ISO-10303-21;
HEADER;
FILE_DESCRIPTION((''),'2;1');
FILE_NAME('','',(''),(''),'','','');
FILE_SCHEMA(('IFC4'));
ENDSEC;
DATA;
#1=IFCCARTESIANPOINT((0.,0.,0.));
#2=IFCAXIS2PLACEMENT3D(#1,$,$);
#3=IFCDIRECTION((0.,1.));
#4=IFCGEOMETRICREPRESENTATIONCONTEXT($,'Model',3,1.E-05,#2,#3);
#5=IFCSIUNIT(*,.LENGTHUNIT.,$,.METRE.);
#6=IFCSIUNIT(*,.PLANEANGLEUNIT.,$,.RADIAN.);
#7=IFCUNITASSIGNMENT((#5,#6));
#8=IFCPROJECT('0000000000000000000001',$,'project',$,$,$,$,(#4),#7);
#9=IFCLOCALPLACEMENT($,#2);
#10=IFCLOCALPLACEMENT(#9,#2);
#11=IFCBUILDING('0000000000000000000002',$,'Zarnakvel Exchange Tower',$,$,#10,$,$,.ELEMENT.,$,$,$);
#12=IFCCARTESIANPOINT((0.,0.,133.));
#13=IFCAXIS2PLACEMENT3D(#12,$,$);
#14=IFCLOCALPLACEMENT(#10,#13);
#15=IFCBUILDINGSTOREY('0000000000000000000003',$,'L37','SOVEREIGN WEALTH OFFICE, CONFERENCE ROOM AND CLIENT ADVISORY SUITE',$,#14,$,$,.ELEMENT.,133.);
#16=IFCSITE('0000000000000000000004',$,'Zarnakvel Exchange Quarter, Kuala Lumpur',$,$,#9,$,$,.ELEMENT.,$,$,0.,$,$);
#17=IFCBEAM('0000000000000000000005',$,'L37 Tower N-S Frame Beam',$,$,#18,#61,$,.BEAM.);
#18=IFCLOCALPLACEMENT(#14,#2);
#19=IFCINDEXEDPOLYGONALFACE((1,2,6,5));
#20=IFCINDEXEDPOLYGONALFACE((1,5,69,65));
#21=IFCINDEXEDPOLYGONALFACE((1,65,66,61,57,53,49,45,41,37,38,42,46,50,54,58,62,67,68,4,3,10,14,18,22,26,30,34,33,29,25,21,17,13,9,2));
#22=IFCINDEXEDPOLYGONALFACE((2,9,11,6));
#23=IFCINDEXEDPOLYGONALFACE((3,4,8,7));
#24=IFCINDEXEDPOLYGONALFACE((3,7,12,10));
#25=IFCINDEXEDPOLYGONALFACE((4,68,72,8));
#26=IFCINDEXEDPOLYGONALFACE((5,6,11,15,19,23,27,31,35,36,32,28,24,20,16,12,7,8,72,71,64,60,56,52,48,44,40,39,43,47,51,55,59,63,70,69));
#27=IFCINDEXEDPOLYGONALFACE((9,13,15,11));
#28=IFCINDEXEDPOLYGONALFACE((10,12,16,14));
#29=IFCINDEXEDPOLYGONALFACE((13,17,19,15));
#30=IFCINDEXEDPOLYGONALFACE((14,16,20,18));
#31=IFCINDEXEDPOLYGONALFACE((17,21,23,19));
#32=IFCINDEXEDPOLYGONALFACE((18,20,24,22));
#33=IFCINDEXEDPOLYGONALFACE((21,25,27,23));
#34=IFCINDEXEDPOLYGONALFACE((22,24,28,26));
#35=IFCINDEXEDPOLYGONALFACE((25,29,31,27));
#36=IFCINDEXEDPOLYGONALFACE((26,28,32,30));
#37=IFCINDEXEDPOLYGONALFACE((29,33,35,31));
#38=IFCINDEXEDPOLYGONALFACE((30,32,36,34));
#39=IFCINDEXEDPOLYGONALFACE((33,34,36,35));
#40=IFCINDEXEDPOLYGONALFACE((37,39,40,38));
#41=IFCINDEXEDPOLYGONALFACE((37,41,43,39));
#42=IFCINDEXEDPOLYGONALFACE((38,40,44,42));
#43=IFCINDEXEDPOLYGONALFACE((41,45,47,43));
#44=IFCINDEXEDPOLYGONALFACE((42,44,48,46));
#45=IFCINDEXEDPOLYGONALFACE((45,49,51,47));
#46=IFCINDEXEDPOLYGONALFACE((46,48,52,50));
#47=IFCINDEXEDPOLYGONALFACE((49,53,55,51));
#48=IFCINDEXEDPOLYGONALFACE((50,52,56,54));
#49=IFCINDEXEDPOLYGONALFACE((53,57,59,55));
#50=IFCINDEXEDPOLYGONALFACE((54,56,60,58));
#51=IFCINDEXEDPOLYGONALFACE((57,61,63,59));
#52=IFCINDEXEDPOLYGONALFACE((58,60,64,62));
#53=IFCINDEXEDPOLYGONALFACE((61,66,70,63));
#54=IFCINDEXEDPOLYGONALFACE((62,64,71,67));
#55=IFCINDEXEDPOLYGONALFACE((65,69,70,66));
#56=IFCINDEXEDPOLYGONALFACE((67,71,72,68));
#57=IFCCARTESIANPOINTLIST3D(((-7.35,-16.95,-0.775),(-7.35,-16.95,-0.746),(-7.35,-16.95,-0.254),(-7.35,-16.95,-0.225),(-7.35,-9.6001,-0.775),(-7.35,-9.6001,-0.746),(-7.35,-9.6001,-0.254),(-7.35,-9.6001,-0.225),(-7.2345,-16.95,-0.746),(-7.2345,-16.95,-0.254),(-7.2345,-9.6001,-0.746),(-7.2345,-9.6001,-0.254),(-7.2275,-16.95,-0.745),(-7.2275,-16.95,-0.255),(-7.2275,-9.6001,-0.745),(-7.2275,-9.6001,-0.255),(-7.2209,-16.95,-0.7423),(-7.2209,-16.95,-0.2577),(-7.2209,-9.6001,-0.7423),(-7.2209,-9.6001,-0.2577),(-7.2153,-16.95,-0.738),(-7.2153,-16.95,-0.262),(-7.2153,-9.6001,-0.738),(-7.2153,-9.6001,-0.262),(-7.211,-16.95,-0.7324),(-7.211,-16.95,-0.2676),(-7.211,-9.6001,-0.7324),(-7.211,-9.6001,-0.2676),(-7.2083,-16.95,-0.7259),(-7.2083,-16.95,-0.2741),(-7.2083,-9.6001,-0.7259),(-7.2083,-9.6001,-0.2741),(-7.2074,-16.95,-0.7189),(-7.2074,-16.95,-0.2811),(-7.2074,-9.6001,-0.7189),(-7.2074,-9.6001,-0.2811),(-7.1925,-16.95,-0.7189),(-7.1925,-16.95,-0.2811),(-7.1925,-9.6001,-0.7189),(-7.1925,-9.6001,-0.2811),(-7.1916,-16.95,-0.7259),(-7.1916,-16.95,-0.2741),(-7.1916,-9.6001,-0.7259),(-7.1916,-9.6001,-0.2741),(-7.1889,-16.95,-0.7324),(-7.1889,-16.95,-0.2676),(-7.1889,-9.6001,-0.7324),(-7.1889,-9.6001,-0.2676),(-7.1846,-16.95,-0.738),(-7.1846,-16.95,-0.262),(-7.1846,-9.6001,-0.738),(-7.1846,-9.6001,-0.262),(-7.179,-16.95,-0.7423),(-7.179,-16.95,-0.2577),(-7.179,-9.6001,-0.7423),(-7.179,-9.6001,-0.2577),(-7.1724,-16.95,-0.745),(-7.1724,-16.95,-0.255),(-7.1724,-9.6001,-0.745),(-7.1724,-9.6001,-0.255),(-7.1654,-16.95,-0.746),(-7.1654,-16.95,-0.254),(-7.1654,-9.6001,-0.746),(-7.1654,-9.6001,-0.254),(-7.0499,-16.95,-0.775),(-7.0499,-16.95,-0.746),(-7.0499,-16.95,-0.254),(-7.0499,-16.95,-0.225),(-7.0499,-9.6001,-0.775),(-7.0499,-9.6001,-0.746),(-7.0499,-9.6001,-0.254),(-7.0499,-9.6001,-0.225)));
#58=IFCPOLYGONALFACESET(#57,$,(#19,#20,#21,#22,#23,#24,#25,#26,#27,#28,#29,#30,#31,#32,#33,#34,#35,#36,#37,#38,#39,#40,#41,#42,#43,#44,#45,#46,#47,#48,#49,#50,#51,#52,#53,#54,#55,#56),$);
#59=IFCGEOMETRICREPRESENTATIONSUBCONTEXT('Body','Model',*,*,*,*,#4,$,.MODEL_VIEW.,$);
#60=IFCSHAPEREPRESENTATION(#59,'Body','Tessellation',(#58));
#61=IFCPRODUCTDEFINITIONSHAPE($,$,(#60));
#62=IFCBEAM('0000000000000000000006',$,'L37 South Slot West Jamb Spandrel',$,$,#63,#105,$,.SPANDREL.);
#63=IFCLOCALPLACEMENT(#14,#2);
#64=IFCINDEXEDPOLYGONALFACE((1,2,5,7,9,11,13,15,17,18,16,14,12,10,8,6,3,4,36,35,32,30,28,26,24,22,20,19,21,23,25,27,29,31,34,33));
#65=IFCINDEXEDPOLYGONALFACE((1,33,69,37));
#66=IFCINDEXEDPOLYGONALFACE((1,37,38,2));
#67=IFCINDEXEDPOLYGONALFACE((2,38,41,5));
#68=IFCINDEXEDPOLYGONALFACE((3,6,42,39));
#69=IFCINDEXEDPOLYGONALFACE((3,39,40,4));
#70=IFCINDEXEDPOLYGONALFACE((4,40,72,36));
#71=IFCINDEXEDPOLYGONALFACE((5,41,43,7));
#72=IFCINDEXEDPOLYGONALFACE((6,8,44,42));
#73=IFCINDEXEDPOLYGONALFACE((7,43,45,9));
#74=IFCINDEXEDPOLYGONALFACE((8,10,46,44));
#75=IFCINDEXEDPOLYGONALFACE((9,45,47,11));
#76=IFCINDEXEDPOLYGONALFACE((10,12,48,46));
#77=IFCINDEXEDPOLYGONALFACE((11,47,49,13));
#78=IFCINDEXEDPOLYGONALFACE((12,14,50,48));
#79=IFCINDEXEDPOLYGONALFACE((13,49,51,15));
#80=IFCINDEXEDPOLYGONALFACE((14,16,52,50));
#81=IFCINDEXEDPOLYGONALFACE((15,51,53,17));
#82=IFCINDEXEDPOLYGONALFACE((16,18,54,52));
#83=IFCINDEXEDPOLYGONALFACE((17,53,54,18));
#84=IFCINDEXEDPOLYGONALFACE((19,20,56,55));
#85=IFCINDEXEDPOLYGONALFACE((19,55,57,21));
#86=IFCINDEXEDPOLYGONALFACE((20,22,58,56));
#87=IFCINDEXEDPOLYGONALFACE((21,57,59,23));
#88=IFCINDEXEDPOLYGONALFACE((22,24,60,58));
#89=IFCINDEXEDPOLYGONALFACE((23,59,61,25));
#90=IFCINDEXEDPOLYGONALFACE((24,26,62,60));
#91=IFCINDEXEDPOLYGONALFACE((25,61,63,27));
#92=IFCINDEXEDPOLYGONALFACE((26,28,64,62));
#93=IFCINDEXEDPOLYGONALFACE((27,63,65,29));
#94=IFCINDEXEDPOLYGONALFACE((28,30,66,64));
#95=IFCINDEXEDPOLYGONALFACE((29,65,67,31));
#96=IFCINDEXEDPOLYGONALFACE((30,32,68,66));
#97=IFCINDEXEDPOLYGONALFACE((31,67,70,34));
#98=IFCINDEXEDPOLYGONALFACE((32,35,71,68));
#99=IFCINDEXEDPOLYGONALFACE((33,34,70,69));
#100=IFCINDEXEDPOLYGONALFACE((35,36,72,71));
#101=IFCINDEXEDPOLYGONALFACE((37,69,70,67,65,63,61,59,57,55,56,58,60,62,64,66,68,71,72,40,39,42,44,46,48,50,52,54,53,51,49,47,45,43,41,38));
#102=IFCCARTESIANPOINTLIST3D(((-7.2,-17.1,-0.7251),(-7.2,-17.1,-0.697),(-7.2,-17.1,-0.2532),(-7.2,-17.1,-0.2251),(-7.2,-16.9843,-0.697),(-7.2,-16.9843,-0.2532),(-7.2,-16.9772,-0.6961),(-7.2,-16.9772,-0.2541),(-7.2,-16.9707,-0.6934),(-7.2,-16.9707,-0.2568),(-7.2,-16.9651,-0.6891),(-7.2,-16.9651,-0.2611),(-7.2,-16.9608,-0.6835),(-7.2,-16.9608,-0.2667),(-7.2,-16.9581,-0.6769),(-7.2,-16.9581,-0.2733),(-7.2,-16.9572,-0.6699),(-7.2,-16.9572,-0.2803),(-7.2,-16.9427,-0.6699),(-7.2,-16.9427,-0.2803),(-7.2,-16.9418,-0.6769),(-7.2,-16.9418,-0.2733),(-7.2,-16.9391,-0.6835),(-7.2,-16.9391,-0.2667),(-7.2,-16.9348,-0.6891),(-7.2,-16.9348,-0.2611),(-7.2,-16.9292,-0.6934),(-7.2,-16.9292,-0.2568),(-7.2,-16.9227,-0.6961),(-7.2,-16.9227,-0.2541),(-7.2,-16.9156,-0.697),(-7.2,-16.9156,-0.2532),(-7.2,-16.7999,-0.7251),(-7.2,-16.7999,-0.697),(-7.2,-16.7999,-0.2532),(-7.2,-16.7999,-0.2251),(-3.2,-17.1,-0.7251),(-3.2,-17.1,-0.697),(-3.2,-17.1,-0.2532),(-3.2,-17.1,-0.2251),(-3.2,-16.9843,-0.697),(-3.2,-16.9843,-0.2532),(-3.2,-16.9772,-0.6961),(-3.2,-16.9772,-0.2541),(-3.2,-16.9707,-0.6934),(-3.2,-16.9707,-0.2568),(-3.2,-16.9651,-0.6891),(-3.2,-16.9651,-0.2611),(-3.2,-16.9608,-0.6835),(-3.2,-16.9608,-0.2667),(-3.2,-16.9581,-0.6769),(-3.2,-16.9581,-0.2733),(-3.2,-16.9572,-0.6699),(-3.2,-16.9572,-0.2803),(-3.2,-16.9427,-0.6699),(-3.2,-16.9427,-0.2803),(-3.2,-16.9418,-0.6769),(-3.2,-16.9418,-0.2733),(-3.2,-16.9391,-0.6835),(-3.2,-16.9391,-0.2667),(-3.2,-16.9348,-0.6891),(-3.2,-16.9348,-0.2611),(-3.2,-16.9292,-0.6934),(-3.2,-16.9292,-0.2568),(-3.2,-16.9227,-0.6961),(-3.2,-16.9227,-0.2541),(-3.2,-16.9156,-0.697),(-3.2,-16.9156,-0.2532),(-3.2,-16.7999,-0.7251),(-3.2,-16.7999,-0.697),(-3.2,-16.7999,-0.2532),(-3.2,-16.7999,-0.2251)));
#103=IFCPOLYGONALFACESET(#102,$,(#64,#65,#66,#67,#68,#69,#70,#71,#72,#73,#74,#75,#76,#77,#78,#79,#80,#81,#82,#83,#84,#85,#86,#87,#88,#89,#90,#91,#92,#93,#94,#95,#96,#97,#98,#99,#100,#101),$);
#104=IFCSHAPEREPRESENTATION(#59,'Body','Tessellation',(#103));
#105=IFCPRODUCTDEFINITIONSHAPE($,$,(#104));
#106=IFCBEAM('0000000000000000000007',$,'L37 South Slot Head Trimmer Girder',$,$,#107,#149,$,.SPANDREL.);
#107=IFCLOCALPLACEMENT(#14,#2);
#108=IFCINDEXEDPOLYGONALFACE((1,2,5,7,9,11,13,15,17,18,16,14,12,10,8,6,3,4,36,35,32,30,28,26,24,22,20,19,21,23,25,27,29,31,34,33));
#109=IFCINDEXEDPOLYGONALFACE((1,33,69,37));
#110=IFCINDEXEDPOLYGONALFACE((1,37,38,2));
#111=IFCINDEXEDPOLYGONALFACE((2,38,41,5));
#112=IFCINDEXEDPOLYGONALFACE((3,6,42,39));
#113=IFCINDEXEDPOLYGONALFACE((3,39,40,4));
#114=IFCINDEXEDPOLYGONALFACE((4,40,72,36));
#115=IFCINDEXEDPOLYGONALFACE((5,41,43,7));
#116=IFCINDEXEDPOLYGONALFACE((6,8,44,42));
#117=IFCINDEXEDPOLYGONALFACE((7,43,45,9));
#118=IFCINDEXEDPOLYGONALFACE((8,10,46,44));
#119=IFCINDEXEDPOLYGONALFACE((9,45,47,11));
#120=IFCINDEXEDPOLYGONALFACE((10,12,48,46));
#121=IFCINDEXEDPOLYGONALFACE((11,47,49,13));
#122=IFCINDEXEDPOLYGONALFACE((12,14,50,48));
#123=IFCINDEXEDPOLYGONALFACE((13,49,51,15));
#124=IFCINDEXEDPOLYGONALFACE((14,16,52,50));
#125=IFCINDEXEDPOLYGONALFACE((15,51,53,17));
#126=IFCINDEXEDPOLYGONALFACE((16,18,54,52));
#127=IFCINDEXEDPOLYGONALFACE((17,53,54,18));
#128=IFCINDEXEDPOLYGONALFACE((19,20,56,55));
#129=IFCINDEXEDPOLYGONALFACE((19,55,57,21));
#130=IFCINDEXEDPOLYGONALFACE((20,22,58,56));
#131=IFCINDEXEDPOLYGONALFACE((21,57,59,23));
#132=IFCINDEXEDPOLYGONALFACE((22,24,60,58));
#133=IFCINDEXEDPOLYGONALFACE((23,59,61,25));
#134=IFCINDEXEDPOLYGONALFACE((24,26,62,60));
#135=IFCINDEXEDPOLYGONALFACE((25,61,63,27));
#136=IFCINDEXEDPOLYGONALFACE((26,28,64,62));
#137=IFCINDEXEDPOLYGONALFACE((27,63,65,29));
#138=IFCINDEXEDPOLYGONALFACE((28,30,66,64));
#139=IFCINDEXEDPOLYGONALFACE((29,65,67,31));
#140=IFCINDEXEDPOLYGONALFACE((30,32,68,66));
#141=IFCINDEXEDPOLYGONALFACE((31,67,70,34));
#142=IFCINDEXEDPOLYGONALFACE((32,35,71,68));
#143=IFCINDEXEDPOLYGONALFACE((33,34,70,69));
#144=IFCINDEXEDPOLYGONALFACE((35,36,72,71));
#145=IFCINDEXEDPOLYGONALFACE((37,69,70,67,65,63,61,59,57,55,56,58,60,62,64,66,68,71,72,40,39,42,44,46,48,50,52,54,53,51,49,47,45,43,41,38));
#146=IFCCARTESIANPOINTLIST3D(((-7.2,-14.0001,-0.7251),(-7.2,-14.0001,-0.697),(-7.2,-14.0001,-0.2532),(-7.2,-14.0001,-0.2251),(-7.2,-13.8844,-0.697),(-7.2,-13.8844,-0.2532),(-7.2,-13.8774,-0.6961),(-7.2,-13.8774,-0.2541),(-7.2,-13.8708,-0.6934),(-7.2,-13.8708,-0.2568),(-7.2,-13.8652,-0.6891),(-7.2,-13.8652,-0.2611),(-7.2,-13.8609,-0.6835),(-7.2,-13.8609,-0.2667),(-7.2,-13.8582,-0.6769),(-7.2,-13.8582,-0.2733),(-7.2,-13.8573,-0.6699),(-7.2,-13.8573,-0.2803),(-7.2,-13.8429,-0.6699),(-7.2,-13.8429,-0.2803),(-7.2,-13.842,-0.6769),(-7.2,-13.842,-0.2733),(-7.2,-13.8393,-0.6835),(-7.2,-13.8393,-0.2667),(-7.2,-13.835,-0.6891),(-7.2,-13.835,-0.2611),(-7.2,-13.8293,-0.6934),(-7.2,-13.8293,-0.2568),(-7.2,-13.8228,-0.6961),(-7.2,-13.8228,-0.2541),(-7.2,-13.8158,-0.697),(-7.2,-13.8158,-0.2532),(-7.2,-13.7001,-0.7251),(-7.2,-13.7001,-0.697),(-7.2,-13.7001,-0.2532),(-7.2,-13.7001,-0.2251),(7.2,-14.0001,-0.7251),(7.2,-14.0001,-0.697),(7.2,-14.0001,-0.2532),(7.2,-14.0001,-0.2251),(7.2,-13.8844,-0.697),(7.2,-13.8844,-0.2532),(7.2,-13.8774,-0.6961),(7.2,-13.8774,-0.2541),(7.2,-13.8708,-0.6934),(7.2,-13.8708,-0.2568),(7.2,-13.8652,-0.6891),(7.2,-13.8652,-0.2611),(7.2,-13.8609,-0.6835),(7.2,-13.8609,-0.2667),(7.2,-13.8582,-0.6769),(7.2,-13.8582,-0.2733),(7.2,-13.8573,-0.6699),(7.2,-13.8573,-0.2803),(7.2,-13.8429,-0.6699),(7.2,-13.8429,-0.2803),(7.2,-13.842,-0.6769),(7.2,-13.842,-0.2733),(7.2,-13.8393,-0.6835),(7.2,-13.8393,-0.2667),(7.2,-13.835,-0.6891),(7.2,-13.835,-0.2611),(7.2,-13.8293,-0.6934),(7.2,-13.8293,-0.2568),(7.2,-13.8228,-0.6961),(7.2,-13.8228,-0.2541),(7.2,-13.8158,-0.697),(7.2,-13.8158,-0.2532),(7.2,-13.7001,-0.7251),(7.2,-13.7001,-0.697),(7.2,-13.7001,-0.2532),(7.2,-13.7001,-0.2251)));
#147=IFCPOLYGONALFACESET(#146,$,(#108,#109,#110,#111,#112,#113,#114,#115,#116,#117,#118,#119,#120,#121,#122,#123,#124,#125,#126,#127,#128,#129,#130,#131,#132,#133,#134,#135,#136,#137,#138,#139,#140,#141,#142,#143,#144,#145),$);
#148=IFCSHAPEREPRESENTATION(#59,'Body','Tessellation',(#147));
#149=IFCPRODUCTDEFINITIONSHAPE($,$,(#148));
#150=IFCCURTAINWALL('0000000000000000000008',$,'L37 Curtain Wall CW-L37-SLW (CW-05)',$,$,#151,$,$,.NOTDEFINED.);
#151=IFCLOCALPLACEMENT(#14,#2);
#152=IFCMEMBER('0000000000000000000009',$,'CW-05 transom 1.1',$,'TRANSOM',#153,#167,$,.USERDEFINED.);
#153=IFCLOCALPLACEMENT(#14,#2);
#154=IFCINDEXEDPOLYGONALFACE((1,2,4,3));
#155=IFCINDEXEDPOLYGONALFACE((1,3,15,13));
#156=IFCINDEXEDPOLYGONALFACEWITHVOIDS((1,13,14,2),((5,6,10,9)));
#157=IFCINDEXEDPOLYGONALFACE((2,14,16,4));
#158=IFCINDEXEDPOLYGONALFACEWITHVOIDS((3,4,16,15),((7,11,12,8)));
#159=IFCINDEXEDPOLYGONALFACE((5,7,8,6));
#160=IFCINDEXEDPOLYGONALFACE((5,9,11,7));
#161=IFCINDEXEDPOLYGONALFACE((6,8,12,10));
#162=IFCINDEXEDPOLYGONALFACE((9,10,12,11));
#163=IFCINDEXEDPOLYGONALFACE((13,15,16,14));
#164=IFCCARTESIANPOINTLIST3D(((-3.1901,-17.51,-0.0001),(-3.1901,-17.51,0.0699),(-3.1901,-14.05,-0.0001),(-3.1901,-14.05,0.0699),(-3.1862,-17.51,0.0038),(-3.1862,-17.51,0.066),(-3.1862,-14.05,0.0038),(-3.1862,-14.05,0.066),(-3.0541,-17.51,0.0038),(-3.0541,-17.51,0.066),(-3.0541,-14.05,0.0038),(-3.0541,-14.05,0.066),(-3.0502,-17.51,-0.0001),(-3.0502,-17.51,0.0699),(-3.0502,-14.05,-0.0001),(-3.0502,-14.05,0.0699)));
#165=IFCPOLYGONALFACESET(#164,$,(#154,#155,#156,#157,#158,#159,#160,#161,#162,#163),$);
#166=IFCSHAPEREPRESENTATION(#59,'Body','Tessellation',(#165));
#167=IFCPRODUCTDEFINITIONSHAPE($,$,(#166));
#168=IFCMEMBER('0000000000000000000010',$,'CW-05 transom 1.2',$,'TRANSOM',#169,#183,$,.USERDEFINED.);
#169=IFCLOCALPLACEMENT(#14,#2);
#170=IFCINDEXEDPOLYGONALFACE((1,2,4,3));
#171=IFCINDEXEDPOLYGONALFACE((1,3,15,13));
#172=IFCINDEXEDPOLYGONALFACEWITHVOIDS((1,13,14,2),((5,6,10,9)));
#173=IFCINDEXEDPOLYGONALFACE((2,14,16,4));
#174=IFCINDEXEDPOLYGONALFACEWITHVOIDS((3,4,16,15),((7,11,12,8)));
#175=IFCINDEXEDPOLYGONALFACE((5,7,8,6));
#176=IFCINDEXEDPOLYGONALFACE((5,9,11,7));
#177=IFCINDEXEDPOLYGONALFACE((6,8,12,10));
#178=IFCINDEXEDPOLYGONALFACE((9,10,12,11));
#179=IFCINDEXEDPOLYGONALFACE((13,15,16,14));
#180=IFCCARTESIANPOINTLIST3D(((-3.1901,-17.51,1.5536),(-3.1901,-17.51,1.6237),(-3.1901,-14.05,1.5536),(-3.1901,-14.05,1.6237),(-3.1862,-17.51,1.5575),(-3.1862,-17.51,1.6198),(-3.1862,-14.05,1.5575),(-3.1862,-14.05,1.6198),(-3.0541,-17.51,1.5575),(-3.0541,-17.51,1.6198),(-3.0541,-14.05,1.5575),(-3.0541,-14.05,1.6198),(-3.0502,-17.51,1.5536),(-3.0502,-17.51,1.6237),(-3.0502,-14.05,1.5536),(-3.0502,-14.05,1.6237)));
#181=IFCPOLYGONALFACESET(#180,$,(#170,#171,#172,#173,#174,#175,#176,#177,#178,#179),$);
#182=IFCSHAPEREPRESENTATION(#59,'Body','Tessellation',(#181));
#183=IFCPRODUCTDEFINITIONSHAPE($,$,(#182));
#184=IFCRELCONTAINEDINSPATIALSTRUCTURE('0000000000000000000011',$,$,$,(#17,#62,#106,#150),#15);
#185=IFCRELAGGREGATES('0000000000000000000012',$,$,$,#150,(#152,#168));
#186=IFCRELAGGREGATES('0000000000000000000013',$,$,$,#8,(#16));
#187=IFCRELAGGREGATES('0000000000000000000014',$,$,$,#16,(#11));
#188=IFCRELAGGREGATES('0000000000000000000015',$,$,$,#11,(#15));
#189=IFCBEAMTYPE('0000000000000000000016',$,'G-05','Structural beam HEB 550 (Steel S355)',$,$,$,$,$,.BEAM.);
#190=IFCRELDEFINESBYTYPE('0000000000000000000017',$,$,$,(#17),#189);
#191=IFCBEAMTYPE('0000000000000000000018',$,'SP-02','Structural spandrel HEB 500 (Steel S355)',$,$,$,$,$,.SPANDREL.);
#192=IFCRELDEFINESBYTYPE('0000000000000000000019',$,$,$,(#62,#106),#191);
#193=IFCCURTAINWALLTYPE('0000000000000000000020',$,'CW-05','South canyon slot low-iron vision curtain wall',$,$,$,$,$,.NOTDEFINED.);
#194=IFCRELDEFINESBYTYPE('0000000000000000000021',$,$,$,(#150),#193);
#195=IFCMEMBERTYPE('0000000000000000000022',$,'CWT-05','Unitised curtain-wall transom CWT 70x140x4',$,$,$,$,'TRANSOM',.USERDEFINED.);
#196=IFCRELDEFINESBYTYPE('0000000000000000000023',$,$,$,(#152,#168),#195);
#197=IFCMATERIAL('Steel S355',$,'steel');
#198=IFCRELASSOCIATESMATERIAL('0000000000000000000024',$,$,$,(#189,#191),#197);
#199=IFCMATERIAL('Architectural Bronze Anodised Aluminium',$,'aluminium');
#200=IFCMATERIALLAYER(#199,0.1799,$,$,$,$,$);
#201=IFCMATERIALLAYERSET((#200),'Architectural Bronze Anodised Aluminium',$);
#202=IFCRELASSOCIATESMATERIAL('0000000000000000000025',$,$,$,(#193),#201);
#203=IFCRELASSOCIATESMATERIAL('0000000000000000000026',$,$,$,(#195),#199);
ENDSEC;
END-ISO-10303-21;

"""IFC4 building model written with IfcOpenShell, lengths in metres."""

from ifc_helpers import new_model, si_unit, direction, frame, origin, origin_2d, place, context, subcontext, project, spatial, hollow_rectangle, i_section, extrude, source, transform, mapped, material, layer, layer_set, material_profile, profile_set, type_object, element, aggregate, save


model = new_model("IFC4")

# Units and contexts
model_context = context("Model", 3, precision=1e-05, world=origin(), true_north=direction((0.0, 1.0)))
body_context = subcontext(model_context, "Body", "Model", "MODEL_VIEW")
ifc_project = project(units=[si_unit("LENGTHUNIT", "METRE"), si_unit("PLANEANGLEUNIT", "RADIAN")], contexts=[model_context])

# Site, building, storey
site_placement = place(None, origin())
site = spatial("IfcSite", under=ifc_project, at=site_placement, Name="Zarnakvel Exchange Quarter, Kuala Lumpur", CompositionType="ELEMENT", RefElevation=0.0)
building_placement = place(site_placement, origin())
building = spatial("IfcBuilding", under=site, at=building_placement, Name="Zarnakvel Exchange Tower", CompositionType="ELEMENT")
storey_placement = place(building_placement, frame((0.0, 0.0, 133.0)))
storey = spatial("IfcBuildingStorey", under=building, at=storey_placement, Name="L37", Description="SOVEREIGN WEALTH OFFICE, CONFERENCE ROOM AND CLIENT ADVISORY SUITE", CompositionType="ELEMENT", Elevation=133.0)

# Beams
ifc_material_1 = material(Name="Steel S355", Category="steel")
ifc_material_profile_1 = material_profile(ifc_material_1, i_section(OverallWidth=0.3, OverallDepth=0.55, WebThickness=0.0149, FlangeThickness=0.0291, FilletRadius=0.0271, at=origin_2d()))
ifc_profile_set_1 = profile_set([ifc_material_profile_1], Name="Steel S355")
beam_type_1 = type_object("IfcBeamType", Name="G-05", Description="Structural beam HEB 550 (Steel S355)", PredefinedType="BEAM", material=ifc_profile_set_1)
for number, where, z_axis, x_axis, name in (
    (1, (-7.2, -16.95, -0.5), (0.0, 1.0, 0.0), (-1.0, 0.0, 0.0), "L37 Tower N-S Frame Beam"),
):
    element("IfcBeam", number, at=place(storey_placement, frame(where, z_axis=z_axis, x_axis=x_axis)), inside=storey, type_object=beam_type_1, Name=name, PredefinedType="BEAM", context=body_context, shape_type="SweptSolid", body=[
        extrude(i_section(OverallWidth=0.3, OverallDepth=0.55, WebThickness=0.0149, FlangeThickness=0.0291, FilletRadius=0.0271, at=origin_2d()), origin(), (0.0, 0.0, 1.0), 7.3499),
    ])
ifc_material_profile_2 = material_profile(ifc_material_1, i_section(OverallWidth=0.3, OverallDepth=0.5, WebThickness=0.0144, FlangeThickness=0.0281, FilletRadius=0.0271, at=origin_2d()))
ifc_profile_set_2 = profile_set([ifc_material_profile_2], Name="Steel S355")
beam_type_2 = type_object("IfcBeamType", Name="SP-02", Description="Structural spandrel HEB 500 (Steel S355)", PredefinedType="SPANDREL", material=ifc_profile_set_2)
beam_1_placement = place(storey_placement, frame((-7.2, -16.95, -0.4751), z_axis=(1.0, 0.0, 0.0), x_axis=(0.0, 1.0, 0.0)))
element("IfcBeam", 2, at=beam_1_placement, inside=storey, type_object=beam_type_2, Name="L37 South Slot West Jamb Spandrel", PredefinedType="SPANDREL", context=body_context, shape_type="SweptSolid", body=[
    extrude(i_section(OverallWidth=0.3, OverallDepth=0.5, WebThickness=0.0144, FlangeThickness=0.0281, FilletRadius=0.0271, at=origin_2d()), origin(), (0.0, 0.0, 1.0), 4.0),
])
beam_2_placement = place(storey_placement, frame((-7.2, -13.8501, -0.4751), z_axis=(1.0, 0.0, 0.0), x_axis=(0.0, 1.0, 0.0)))
element("IfcBeam", 3, at=beam_2_placement, inside=storey, type_object=beam_type_2, Name="L37 South Slot Head Trimmer Girder", PredefinedType="SPANDREL", context=body_context, shape_type="SweptSolid", body=[
    extrude(i_section(OverallWidth=0.3, OverallDepth=0.5, WebThickness=0.0144, FlangeThickness=0.0281, FilletRadius=0.0271, at=origin_2d()), origin(), (0.0, 0.0, 1.0), 14.3999),
])

# Curtain wall, members
ifc_material_2 = material(Name="Architectural Bronze Anodised Aluminium", Category="aluminium")
ifc_layer_1 = layer(ifc_material_2, 0.1799)
ifc_layer_set_1 = layer_set([ifc_layer_1], Name="Architectural Bronze Anodised Aluminium")
curtain_wall_type = type_object("IfcCurtainWallType", Name="CW-05", Description="South canyon slot low-iron vision curtain wall", PredefinedType="NOTDEFINED", material=ifc_layer_set_1)
curtain_wall_1_placement = place(storey_placement, origin())
curtain_wall_1 = element("IfcCurtainWall", 4, at=curtain_wall_1_placement, inside=storey, type_object=curtain_wall_type, Name="L37 Curtain Wall CW-L37-SLW (CW-05)", PredefinedType="NOTDEFINED")
ifc_material_profile_3 = material_profile(ifc_material_2, hollow_rectangle(XDim=0.1399, YDim=0.0701, WallThickness=0.0039, at=origin_2d()))
ifc_profile_set_3 = profile_set([ifc_material_profile_3], Name="Architectural Bronze Anodised Aluminium")
member_type_1 = type_object("IfcMemberType", Name="CWT-05", Description="Unitised curtain-wall transom CWT 70x140x4", ElementType="TRANSOM", PredefinedType="USERDEFINED", material=ifc_profile_set_3)
shared_shape_1 = source(origin(), body_context, "Body", "SweptSolid", [
    extrude(hollow_rectangle(XDim=0.1399, YDim=0.0701, WallThickness=0.0039, at=origin_2d()), origin(), (0.0, 0.0, 1.0), 3.46),
])
member_1_placement = place(storey_placement, frame((-3.1201, -17.51, 0.0349), z_axis=(0.0, 1.0, 0.0), x_axis=(-1.0, 0.0, 0.0)))
member_1 = element("IfcMember", 5, at=member_1_placement, type_object=member_type_1, Name="CW-05 transom 1.1", ObjectType="TRANSOM", PredefinedType="USERDEFINED", context=body_context, shape_type="MappedRepresentation", body=[
    mapped(shared_shape_1, transform((0.0, 0.0, 0.0), x_axis=(1.0, 0.0, 0.0), y_axis=(0.0, 1.0, 0.0), z_axis=(0.0, 0.0, 1.0), scale=1.0)),
])
member_2_placement = place(storey_placement, frame((-3.1201, -17.51, 1.5886), z_axis=(0.0, 1.0, 0.0), x_axis=(-1.0, 0.0, 0.0)))
member_2 = element("IfcMember", 6, at=member_2_placement, type_object=member_type_1, Name="CW-05 transom 1.2", ObjectType="TRANSOM", PredefinedType="USERDEFINED", context=body_context, shape_type="MappedRepresentation", body=[
    mapped(shared_shape_1, transform((0.0, 0.0, 0.0), x_axis=(1.0, 0.0, 0.0), y_axis=(0.0, 1.0, 0.0), z_axis=(0.0, 0.0, 1.0), scale=1.0)),
])

aggregate(curtain_wall_1, [member_1, member_2])

save(model, "model.ifc")
